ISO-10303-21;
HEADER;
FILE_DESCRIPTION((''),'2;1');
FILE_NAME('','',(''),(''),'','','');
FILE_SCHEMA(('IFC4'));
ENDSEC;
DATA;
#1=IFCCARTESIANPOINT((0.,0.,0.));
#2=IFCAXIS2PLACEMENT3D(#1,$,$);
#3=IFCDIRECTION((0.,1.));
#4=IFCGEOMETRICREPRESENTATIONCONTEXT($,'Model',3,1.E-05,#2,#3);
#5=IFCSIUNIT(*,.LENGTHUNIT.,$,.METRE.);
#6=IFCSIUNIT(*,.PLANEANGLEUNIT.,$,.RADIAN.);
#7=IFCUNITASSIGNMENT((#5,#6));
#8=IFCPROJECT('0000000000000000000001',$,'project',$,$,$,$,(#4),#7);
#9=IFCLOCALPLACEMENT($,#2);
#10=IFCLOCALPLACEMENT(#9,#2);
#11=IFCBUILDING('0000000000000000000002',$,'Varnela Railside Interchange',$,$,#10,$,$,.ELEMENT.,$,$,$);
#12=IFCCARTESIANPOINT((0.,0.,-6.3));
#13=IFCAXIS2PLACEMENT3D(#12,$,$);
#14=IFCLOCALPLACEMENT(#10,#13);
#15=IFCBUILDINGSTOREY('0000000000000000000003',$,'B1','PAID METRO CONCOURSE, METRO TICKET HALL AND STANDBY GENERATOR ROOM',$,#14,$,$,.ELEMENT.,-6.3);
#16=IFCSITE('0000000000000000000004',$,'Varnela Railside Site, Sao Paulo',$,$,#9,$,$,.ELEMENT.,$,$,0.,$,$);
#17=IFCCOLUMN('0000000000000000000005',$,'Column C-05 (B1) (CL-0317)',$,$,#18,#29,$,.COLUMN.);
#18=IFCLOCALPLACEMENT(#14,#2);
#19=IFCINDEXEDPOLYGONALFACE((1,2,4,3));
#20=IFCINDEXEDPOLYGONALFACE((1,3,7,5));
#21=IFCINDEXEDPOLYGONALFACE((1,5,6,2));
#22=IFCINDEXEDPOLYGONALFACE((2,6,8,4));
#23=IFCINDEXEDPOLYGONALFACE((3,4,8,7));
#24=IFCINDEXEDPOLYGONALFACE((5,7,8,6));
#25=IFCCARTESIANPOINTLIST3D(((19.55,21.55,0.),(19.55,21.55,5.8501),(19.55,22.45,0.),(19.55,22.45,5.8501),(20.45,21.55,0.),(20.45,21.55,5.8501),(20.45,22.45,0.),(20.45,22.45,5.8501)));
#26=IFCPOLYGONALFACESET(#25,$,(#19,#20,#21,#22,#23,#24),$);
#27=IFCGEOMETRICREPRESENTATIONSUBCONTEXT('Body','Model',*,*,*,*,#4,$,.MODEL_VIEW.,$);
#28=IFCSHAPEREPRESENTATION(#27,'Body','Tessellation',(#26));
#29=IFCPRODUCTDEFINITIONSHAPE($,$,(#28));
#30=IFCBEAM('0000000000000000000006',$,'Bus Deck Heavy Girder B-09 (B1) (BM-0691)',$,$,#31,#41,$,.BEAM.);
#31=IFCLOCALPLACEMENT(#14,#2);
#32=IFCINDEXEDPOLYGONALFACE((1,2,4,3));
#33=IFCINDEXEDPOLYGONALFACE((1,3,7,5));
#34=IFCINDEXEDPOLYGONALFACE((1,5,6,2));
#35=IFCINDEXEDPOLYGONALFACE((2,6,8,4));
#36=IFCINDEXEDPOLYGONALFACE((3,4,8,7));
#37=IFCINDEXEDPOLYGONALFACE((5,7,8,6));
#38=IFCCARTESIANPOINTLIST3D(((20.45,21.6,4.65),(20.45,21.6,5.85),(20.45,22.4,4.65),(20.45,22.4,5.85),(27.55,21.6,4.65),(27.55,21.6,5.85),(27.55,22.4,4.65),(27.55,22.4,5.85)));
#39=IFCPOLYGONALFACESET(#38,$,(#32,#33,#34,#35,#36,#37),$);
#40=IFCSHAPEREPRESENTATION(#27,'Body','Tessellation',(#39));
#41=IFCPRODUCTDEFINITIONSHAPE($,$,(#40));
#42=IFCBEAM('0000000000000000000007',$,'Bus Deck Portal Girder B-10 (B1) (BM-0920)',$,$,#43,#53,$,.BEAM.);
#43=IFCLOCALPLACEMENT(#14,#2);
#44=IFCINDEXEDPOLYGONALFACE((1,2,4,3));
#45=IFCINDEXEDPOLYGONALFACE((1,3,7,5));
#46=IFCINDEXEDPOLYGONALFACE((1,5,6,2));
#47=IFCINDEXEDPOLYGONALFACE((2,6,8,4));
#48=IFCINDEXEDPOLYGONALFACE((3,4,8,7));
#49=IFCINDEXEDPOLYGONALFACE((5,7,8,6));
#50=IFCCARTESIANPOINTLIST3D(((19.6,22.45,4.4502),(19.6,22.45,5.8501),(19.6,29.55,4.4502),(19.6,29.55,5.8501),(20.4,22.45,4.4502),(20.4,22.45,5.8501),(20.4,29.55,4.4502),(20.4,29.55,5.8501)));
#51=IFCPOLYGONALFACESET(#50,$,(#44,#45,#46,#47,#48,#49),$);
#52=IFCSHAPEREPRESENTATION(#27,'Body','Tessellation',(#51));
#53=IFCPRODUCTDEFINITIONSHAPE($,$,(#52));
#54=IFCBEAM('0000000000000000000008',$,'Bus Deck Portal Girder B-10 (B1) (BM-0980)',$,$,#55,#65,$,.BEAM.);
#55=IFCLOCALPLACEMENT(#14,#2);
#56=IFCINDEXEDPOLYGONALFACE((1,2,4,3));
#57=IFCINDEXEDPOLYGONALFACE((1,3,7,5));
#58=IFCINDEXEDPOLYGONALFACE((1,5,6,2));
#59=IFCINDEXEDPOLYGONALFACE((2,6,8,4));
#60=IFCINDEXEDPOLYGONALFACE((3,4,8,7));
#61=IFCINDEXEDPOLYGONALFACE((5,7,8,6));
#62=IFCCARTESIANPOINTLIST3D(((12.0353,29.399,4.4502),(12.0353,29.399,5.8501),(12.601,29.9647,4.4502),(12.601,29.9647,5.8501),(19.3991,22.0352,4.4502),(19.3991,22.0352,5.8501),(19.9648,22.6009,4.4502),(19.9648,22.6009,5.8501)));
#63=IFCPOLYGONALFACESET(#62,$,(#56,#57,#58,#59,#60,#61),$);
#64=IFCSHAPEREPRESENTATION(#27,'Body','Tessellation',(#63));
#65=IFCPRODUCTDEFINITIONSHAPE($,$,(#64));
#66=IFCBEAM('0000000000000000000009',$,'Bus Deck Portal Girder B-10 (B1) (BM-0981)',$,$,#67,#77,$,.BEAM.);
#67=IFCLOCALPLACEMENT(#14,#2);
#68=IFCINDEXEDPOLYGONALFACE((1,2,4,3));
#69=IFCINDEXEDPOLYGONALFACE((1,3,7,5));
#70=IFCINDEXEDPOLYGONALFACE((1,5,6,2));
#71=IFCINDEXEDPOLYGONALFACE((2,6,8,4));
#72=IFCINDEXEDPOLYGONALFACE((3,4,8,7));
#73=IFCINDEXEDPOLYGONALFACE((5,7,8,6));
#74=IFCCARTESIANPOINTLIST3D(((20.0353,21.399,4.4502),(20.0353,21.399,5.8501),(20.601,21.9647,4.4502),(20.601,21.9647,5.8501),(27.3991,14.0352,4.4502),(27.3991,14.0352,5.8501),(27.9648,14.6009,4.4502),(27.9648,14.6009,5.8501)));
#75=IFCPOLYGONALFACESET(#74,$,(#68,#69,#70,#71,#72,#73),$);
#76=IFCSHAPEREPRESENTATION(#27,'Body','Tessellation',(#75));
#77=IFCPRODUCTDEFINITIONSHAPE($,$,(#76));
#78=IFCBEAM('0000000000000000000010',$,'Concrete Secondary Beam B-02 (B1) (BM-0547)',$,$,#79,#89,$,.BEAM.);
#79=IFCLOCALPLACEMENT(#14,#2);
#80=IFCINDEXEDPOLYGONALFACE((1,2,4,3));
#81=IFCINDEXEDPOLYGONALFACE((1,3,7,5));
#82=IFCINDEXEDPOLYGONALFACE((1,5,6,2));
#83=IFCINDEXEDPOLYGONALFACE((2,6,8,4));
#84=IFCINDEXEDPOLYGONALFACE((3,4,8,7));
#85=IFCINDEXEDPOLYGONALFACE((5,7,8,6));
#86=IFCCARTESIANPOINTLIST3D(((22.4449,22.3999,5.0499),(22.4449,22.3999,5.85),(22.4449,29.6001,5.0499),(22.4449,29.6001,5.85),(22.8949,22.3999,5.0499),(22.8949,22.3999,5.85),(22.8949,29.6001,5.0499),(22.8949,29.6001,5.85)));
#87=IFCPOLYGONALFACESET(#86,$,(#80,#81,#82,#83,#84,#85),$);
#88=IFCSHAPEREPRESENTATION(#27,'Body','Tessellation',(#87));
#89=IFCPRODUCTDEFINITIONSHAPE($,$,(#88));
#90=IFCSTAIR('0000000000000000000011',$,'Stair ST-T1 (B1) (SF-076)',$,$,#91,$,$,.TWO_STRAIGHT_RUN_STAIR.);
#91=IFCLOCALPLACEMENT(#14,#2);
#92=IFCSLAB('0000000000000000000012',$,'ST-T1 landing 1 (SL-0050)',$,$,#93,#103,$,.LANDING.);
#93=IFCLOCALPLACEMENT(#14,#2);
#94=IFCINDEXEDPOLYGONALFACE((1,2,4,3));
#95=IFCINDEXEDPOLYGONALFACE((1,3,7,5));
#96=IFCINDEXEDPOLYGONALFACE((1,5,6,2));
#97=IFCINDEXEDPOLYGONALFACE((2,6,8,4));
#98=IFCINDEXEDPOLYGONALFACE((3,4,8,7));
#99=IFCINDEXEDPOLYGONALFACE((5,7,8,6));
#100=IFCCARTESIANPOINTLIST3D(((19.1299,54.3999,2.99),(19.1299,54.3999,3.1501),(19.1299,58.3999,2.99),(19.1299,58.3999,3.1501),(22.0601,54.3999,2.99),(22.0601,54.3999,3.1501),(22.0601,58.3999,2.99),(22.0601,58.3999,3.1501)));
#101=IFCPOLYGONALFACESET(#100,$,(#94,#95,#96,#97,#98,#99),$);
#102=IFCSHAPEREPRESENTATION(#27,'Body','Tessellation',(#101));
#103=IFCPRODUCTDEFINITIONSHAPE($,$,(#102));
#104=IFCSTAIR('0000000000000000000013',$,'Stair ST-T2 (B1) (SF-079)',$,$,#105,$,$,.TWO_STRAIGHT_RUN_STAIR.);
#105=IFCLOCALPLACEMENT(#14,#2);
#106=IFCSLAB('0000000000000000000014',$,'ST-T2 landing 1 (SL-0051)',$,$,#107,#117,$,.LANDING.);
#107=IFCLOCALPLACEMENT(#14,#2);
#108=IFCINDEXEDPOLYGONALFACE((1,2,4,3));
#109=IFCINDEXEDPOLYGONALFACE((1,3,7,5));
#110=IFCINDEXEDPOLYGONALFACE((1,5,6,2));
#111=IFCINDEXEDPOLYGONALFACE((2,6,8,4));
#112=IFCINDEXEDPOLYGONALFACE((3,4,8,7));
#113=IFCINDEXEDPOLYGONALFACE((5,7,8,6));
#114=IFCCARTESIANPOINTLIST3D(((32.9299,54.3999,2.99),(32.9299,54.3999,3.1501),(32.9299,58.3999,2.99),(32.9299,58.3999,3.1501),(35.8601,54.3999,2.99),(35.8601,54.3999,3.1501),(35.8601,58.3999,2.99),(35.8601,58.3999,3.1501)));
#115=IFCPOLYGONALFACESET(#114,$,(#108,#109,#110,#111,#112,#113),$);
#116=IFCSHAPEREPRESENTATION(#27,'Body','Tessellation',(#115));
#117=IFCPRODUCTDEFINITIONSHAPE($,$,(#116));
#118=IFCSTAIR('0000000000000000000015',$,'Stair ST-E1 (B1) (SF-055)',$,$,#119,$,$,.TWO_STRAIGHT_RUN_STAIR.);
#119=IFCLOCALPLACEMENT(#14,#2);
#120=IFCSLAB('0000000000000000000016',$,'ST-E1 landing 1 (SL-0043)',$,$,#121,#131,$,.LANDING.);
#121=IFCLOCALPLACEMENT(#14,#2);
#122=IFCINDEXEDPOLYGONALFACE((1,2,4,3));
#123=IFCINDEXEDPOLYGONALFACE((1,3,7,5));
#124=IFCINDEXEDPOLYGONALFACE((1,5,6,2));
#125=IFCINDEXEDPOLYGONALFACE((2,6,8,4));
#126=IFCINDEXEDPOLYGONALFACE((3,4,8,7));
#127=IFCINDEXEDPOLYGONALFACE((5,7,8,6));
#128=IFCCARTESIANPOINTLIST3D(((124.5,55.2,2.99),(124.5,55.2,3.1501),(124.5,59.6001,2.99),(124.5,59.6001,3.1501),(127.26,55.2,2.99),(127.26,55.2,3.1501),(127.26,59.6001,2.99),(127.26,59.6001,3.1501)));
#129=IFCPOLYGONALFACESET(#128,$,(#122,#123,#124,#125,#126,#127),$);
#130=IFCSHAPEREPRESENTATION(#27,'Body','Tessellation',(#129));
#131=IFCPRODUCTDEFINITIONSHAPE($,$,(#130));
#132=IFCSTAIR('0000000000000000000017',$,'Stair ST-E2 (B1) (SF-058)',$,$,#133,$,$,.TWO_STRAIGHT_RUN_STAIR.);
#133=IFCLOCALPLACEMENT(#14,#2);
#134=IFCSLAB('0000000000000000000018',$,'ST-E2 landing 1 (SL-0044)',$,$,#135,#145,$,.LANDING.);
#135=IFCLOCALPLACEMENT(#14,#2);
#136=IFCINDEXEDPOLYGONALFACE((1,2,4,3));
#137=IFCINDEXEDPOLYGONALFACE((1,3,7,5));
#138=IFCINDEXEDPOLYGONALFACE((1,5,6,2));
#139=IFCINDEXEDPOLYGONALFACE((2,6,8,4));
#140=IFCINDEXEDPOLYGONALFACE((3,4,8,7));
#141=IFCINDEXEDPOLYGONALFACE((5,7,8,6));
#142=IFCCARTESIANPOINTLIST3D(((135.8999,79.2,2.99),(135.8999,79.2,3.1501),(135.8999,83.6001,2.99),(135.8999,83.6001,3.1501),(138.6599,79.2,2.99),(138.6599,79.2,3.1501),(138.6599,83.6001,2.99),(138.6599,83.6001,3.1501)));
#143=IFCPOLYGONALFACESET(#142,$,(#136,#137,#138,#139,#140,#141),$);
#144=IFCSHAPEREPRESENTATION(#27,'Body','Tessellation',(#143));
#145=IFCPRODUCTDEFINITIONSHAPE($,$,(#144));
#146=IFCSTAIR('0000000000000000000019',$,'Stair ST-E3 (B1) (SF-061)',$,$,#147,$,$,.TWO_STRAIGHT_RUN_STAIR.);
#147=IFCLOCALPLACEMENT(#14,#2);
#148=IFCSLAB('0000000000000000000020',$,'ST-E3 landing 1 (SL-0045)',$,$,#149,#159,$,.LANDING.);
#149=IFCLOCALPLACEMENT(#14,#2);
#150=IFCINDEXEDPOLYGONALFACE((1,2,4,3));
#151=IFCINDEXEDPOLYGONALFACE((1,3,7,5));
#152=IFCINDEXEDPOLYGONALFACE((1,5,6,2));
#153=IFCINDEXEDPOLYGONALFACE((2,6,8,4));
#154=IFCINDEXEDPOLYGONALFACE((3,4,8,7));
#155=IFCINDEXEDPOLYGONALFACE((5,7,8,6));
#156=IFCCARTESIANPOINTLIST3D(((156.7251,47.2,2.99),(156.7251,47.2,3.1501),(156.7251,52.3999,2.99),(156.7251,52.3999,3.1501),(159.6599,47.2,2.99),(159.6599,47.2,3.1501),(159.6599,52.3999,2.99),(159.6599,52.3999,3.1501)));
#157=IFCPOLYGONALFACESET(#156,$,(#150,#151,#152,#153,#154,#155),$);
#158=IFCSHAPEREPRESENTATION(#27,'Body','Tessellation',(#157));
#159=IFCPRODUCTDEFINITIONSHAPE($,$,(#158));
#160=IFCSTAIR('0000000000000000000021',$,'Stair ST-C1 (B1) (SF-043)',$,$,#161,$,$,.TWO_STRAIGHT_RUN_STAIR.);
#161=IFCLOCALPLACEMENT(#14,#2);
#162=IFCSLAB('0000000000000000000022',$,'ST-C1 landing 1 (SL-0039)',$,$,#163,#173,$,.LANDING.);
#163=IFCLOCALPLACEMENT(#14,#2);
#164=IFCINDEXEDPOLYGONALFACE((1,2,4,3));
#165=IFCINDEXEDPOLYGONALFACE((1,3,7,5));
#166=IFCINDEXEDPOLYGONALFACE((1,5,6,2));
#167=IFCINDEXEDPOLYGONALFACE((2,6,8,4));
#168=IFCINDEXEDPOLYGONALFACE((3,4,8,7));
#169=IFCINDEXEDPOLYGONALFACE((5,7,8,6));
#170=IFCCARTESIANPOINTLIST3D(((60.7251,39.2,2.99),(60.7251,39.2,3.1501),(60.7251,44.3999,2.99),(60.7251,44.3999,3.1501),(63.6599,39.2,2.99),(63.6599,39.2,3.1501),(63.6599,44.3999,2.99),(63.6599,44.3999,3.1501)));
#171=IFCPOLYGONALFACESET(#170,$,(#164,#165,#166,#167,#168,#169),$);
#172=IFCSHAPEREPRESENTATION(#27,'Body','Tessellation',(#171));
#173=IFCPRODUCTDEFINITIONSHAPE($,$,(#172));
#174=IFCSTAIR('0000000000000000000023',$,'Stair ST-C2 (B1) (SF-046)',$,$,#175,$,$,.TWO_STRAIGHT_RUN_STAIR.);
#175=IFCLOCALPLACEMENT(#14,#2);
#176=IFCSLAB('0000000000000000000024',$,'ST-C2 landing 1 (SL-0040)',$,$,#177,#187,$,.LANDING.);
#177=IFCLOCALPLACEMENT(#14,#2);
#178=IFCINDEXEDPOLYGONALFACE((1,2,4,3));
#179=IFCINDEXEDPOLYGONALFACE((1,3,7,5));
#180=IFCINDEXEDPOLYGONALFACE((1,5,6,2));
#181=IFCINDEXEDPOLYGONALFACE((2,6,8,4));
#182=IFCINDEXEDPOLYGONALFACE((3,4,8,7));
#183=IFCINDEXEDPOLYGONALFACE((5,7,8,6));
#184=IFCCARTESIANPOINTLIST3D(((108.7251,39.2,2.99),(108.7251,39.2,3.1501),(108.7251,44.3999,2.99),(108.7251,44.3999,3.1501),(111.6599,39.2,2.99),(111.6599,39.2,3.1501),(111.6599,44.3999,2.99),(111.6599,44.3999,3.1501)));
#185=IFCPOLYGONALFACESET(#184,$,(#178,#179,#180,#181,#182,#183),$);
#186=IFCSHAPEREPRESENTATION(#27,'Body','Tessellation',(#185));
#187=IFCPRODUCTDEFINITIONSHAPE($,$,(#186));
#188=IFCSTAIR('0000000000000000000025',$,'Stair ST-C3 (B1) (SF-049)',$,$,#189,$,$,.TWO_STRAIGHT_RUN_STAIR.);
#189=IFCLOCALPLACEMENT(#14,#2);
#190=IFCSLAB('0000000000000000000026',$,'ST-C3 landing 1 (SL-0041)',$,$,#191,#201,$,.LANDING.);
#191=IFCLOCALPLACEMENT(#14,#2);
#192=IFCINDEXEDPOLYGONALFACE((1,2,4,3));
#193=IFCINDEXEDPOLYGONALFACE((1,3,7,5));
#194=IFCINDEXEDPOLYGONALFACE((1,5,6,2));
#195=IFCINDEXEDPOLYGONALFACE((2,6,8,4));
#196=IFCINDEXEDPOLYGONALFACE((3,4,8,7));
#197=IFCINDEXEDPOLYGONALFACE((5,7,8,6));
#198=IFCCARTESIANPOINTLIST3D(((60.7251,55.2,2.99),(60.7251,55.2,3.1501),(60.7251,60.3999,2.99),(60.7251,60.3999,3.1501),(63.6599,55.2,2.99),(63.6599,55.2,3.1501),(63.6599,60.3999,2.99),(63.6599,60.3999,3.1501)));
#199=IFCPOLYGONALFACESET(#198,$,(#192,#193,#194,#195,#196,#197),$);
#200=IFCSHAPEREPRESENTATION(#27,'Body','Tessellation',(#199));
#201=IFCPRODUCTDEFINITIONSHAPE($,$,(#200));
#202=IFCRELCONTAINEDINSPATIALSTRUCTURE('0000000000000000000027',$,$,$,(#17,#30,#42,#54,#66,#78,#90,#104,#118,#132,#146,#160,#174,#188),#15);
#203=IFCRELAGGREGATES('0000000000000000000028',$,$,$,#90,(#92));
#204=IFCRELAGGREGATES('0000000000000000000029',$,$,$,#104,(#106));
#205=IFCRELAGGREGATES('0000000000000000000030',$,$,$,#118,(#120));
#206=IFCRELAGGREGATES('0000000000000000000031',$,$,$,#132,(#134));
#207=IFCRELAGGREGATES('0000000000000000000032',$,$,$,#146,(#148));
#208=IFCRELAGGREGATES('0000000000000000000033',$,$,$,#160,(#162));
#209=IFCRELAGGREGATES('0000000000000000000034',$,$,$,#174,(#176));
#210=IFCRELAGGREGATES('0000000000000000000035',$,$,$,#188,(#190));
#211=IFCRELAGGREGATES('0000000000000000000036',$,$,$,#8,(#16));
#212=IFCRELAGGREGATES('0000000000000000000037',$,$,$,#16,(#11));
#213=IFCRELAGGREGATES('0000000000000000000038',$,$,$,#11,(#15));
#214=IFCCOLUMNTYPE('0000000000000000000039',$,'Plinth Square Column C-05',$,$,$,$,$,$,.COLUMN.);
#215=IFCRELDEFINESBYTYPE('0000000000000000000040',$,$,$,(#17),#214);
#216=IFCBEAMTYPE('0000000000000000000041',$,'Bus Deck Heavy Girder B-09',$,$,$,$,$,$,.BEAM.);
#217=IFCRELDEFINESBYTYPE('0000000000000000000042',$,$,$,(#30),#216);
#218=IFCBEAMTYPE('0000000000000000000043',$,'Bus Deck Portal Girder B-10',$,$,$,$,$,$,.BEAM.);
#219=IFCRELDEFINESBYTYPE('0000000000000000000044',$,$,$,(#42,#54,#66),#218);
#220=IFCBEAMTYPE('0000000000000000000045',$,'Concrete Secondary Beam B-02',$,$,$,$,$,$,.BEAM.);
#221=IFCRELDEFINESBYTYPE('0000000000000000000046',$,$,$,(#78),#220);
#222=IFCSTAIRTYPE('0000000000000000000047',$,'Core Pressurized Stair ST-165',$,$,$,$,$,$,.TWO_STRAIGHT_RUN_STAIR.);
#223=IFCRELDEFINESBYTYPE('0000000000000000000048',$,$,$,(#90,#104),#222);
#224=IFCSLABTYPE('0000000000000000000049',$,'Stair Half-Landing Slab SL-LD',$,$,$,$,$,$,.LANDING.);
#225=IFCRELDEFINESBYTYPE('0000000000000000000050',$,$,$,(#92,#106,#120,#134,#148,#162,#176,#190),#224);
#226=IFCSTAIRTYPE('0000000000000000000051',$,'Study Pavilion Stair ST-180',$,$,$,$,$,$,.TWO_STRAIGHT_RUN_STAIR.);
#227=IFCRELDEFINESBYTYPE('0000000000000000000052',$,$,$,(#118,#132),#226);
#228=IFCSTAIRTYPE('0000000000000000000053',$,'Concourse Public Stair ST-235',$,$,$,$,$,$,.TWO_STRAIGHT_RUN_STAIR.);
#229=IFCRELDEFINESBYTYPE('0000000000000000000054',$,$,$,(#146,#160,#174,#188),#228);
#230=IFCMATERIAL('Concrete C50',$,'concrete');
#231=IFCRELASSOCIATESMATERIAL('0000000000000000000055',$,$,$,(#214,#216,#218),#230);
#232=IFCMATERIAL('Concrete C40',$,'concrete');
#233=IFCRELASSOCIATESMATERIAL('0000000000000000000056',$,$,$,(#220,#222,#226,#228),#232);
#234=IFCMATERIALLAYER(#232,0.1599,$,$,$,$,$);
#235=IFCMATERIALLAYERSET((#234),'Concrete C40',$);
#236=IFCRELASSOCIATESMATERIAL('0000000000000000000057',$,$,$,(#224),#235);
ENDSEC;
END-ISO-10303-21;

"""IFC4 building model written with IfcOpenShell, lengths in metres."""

from ifc_helpers import new_model, si_unit, direction, frame, origin, origin_2d, place, context, subcontext, project, spatial, polyline, rectangle, outline, extrude, material, layer, layer_set, material_profile, profile_set, type_object, element, aggregate, save


model = new_model("IFC4")

# Units and contexts
model_context = context("Model", 3, precision=1e-05, world=origin(), true_north=direction((0.0, 1.0)))
body_context = subcontext(model_context, "Body", "Model", "MODEL_VIEW")
ifc_project = project(units=[si_unit("LENGTHUNIT", "METRE"), si_unit("PLANEANGLEUNIT", "RADIAN")], contexts=[model_context])

# Site, building, storey
site_placement = place(None, origin())
site = spatial("IfcSite", under=ifc_project, at=site_placement, Name="Varnela Railside Site, Sao Paulo", CompositionType="ELEMENT", RefElevation=0.0)
building_placement = place(site_placement, origin())
building = spatial("IfcBuilding", under=site, at=building_placement, Name="Varnela Railside Interchange", CompositionType="ELEMENT")
storey_placement = place(building_placement, frame((0.0, 0.0, -6.3)))
storey = spatial("IfcBuildingStorey", under=building, at=storey_placement, Name="B1", Description="PAID METRO CONCOURSE, METRO TICKET HALL AND STANDBY GENERATOR ROOM", CompositionType="ELEMENT", Elevation=-6.3)

# Column
ifc_material_1 = material(Name="Concrete C50", Category="concrete")
ifc_material_profile_1 = material_profile(ifc_material_1, rectangle(XDim=0.8999, YDim=0.8999, at=origin_2d()), Name="RC 900x900")
ifc_profile_set_1 = profile_set([ifc_material_profile_1], Name="Concrete C50")
column_type = type_object("IfcColumnType", Name="Plinth Square Column C-05", PredefinedType="COLUMN", material=ifc_profile_set_1)
column_placement = place(storey_placement, frame((20.0, 22.0, 0.0), z_axis=(0.0, 0.0, 1.0), x_axis=(1.0, 0.0, 0.0)))
element("IfcColumn", 1, at=column_placement, inside=storey, type_object=column_type, Name="Column C-05 (B1) (CL-0317)", PredefinedType="COLUMN", context=body_context, shape_type="SweptSolid", body=[
    extrude(rectangle(XDim=0.8999, YDim=0.8999, at=origin_2d()), origin(), (0.0, 0.0, 1.0), 5.8501),
])

# Beams
ifc_material_profile_2 = material_profile(ifc_material_1, rectangle(XDim=0.8, YDim=1.2, at=origin_2d()), Name="RC 800x1200")
ifc_profile_set_2 = profile_set([ifc_material_profile_2], Name="Concrete C50")
beam_type_1 = type_object("IfcBeamType", Name="Bus Deck Heavy Girder B-09", PredefinedType="BEAM", material=ifc_profile_set_2)
beam_1_placement = place(storey_placement, frame((20.45, 22.0, 5.25), z_axis=(1.0, 0.0, 0.0), x_axis=(0.0, 1.0, 0.0)))
element("IfcBeam", 2, at=beam_1_placement, inside=storey, type_object=beam_type_1, Name="Bus Deck Heavy Girder B-09 (B1) (BM-0691)", PredefinedType="BEAM", context=body_context, shape_type="SweptSolid", body=[
    extrude(rectangle(XDim=0.8, YDim=1.2, at=origin_2d()), origin(), (0.0, 0.0, 1.0), 7.1001),
])
ifc_material_profile_3 = material_profile(ifc_material_1, rectangle(XDim=0.8, YDim=1.3999, at=origin_2d()), Name="RC 800x1400")
ifc_profile_set_3 = profile_set([ifc_material_profile_3], Name="Concrete C50")
beam_type_2 = type_object("IfcBeamType", Name="Bus Deck Portal Girder B-10", PredefinedType="BEAM", material=ifc_profile_set_3)
beam_2_placement = place(storey_placement, frame((20.0, 22.45, 5.1501), z_axis=(0.0, 1.0, 0.0), x_axis=(-1.0, 0.0, 0.0)))
element("IfcBeam", 3, at=beam_2_placement, inside=storey, type_object=beam_type_2, Name="Bus Deck Portal Girder B-10 (B1) (BM-0920)", PredefinedType="BEAM", context=body_context, shape_type="SweptSolid", body=[
    extrude(rectangle(XDim=0.8, YDim=1.3999, at=origin_2d()), origin(), (0.0, 0.0, 1.0), 7.1001),
])
for number, where, z_axis, x_axis, name in (
    (4, (12.3181, 29.6819, 5.1501), (0.707107, -0.707107, 0.0), (0.707107, 0.707107, 0.0), "Bus Deck Portal Girder B-10 (B1) (BM-0980)"),
    (5, (20.3181, 21.6819, 5.1501), (0.707107, -0.707107, 0.0), (0.707107, 0.707107, 0.0), "Bus Deck Portal Girder B-10 (B1) (BM-0981)"),
):
    element("IfcBeam", number, at=place(storey_placement, frame(where, z_axis=z_axis, x_axis=x_axis)), inside=storey, type_object=beam_type_2, Name=name, PredefinedType="BEAM", context=body_context, shape_type="SweptSolid", body=[
        extrude(rectangle(XDim=0.8, YDim=1.3999, at=origin_2d()), origin(), (0.0, 0.0, 1.0), 10.4141),
    ])
ifc_material_2 = material(Name="Concrete C40", Category="concrete")
ifc_material_profile_4 = material_profile(ifc_material_2, rectangle(XDim=0.45, YDim=0.8, at=origin_2d()), Name="RC 450x800")
ifc_profile_set_4 = profile_set([ifc_material_profile_4], Name="Concrete C40")
beam_type_3 = type_object("IfcBeamType", Name="Concrete Secondary Beam B-02", PredefinedType="BEAM", material=ifc_profile_set_4)
beam_3_placement = place(storey_placement, frame((22.6699, 22.3999, 5.45), z_axis=(0.0, 1.0, 0.0), x_axis=(-1.0, 0.0, 0.0)))
element("IfcBeam", 6, at=beam_3_placement, inside=storey, type_object=beam_type_3, Name="Concrete Secondary Beam B-02 (B1) (BM-0547)", PredefinedType="BEAM", context=body_context, shape_type="SweptSolid", body=[
    extrude(rectangle(XDim=0.45, YDim=0.8, at=origin_2d()), origin(), (0.0, 0.0, 1.0), 7.2002),
])

# Stairs, slabs
stair_type_1 = type_object("IfcStairType", Name="Core Pressurized Stair ST-165", PredefinedType="TWO_STRAIGHT_RUN_STAIR", material=ifc_material_2)
stair_1_placement = place(storey_placement, origin())
stair_1 = element("IfcStair", 7, at=stair_1_placement, inside=storey, type_object=stair_type_1, Name="Stair ST-T1 (B1) (SF-076)", PredefinedType="TWO_STRAIGHT_RUN_STAIR")
ifc_layer_1 = layer(ifc_material_2, 0.1599)
ifc_layer_set_1 = layer_set([ifc_layer_1], Name="Concrete C40")
slab_type_1 = type_object("IfcSlabType", Name="Stair Half-Landing Slab SL-LD", PredefinedType="LANDING", material=ifc_layer_set_1)
slab_1_placement = place(storey_placement, frame((0.0, 0.0, 2.99)))
slab_1 = element("IfcSlab", 8, at=slab_1_placement, type_object=slab_type_1, Name="ST-T1 landing 1 (SL-0050)", PredefinedType="LANDING", context=body_context, shape_type="SweptSolid", body=[
    extrude(outline(polyline([(19.1299, 54.3999), (22.0601, 54.3999), (22.0601, 58.3999), (19.1299, 58.3999), (19.1299, 54.3999)])), origin(), (0.0, 0.0, 1.0), 0.1602),
])
aggregate(stair_1, [slab_1])
stair_2_placement = place(storey_placement, origin())
stair_2 = element("IfcStair", 9, at=stair_2_placement, inside=storey, type_object=stair_type_1, Name="Stair ST-T2 (B1) (SF-079)", PredefinedType="TWO_STRAIGHT_RUN_STAIR")
slab_2_placement = place(storey_placement, frame((0.0, 0.0, 2.99)))
slab_2 = element("IfcSlab", 10, at=slab_2_placement, type_object=slab_type_1, Name="ST-T2 landing 1 (SL-0051)", PredefinedType="LANDING", context=body_context, shape_type="SweptSolid", body=[
    extrude(outline(polyline([(32.9299, 54.3999), (35.8601, 54.3999), (35.8601, 58.3999), (32.9299, 58.3999), (32.9299, 54.3999)])), origin(), (0.0, 0.0, 1.0), 0.1602),
])
aggregate(stair_2, [slab_2])
stair_type_2 = type_object("IfcStairType", Name="Study Pavilion Stair ST-180", PredefinedType="TWO_STRAIGHT_RUN_STAIR", material=ifc_material_2)
stair_3_placement = place(storey_placement, origin())
stair_3 = element("IfcStair", 11, at=stair_3_placement, inside=storey, type_object=stair_type_2, Name="Stair ST-E1 (B1) (SF-055)", PredefinedType="TWO_STRAIGHT_RUN_STAIR")
slab_3_placement = place(storey_placement, frame((0.0, 0.0, 2.99)))
slab_3 = element("IfcSlab", 12, at=slab_3_placement, type_object=slab_type_1, Name="ST-E1 landing 1 (SL-0043)", PredefinedType="LANDING", context=body_context, shape_type="SweptSolid", body=[
    extrude(outline(polyline([(124.5, 55.2), (127.26, 55.2), (127.26, 59.6001), (124.5, 59.6001), (124.5, 55.2)])), origin(), (0.0, 0.0, 1.0), 0.1602),
])
aggregate(stair_3, [slab_3])
stair_4_placement = place(storey_placement, origin())
stair_4 = element("IfcStair", 13, at=stair_4_placement, inside=storey, type_object=stair_type_2, Name="Stair ST-E2 (B1) (SF-058)", PredefinedType="TWO_STRAIGHT_RUN_STAIR")
slab_4_placement = place(storey_placement, frame((0.0, 0.0, 2.99)))
slab_4 = element("IfcSlab", 14, at=slab_4_placement, type_object=slab_type_1, Name="ST-E2 landing 1 (SL-0044)", PredefinedType="LANDING", context=body_context, shape_type="SweptSolid", body=[
    extrude(outline(polyline([(135.8999, 79.2), (138.6599, 79.2), (138.6599, 83.6001), (135.8999, 83.6001), (135.8999, 79.2)])), origin(), (0.0, 0.0, 1.0), 0.1602),
])
aggregate(stair_4, [slab_4])
stair_type_3 = type_object("IfcStairType", Name="Concourse Public Stair ST-235", PredefinedType="TWO_STRAIGHT_RUN_STAIR", material=ifc_material_2)
stair_5_placement = place(storey_placement, origin())
stair_5 = element("IfcStair", 15, at=stair_5_placement, inside=storey, type_object=stair_type_3, Name="Stair ST-E3 (B1) (SF-061)", PredefinedType="TWO_STRAIGHT_RUN_STAIR")
slab_5_placement = place(storey_placement, frame((0.0, 0.0, 2.99)))
slab_5 = element("IfcSlab", 16, at=slab_5_placement, type_object=slab_type_1, Name="ST-E3 landing 1 (SL-0045)", PredefinedType="LANDING", context=body_context, shape_type="SweptSolid", body=[
    extrude(outline(polyline([(156.7251, 47.2), (159.6599, 47.2), (159.6599, 52.3999), (156.7251, 52.3999), (156.7251, 47.2)])), origin(), (0.0, 0.0, 1.0), 0.1602),
])
aggregate(stair_5, [slab_5])
stair_6_placement = place(storey_placement, origin())
stair_6 = element("IfcStair", 17, at=stair_6_placement, inside=storey, type_object=stair_type_3, Name="Stair ST-C1 (B1) (SF-043)", PredefinedType="TWO_STRAIGHT_RUN_STAIR")
slab_6_placement = place(storey_placement, frame((0.0, 0.0, 2.99)))
slab_6 = element("IfcSlab", 18, at=slab_6_placement, type_object=slab_type_1, Name="ST-C1 landing 1 (SL-0039)", PredefinedType="LANDING", context=body_context, shape_type="SweptSolid", body=[
    extrude(outline(polyline([(60.7251, 39.2), (63.6599, 39.2), (63.6599, 44.3999), (60.7251, 44.3999), (60.7251, 39.2)])), origin(), (0.0, 0.0, 1.0), 0.1602),
])
aggregate(stair_6, [slab_6])
stair_7_placement = place(storey_placement, origin())
stair_7 = element("IfcStair", 19, at=stair_7_placement, inside=storey, type_object=stair_type_3, Name="Stair ST-C2 (B1) (SF-046)", PredefinedType="TWO_STRAIGHT_RUN_STAIR")
slab_7_placement = place(storey_placement, frame((0.0, 0.0, 2.99)))
slab_7 = element("IfcSlab", 20, at=slab_7_placement, type_object=slab_type_1, Name="ST-C2 landing 1 (SL-0040)", PredefinedType="LANDING", context=body_context, shape_type="SweptSolid", body=[
    extrude(outline(polyline([(108.7251, 39.2), (111.6599, 39.2), (111.6599, 44.3999), (108.7251, 44.3999), (108.7251, 39.2)])), origin(), (0.0, 0.0, 1.0), 0.1602),
])
aggregate(stair_7, [slab_7])
stair_8_placement = place(storey_placement, origin())
stair_8 = element("IfcStair", 21, at=stair_8_placement, inside=storey, type_object=stair_type_3, Name="Stair ST-C3 (B1) (SF-049)", PredefinedType="TWO_STRAIGHT_RUN_STAIR")
slab_8_placement = place(storey_placement, frame((0.0, 0.0, 2.99)))
slab_8 = element("IfcSlab", 22, at=slab_8_placement, type_object=slab_type_1, Name="ST-C3 landing 1 (SL-0041)", PredefinedType="LANDING", context=body_context, shape_type="SweptSolid", body=[
    extrude(outline(polyline([(60.7251, 55.2), (63.6599, 55.2), (63.6599, 60.3999), (60.7251, 60.3999), (60.7251, 55.2)])), origin(), (0.0, 0.0, 1.0), 0.1602),
])
aggregate(stair_8, [slab_8])

save(model, "model.ifc")
